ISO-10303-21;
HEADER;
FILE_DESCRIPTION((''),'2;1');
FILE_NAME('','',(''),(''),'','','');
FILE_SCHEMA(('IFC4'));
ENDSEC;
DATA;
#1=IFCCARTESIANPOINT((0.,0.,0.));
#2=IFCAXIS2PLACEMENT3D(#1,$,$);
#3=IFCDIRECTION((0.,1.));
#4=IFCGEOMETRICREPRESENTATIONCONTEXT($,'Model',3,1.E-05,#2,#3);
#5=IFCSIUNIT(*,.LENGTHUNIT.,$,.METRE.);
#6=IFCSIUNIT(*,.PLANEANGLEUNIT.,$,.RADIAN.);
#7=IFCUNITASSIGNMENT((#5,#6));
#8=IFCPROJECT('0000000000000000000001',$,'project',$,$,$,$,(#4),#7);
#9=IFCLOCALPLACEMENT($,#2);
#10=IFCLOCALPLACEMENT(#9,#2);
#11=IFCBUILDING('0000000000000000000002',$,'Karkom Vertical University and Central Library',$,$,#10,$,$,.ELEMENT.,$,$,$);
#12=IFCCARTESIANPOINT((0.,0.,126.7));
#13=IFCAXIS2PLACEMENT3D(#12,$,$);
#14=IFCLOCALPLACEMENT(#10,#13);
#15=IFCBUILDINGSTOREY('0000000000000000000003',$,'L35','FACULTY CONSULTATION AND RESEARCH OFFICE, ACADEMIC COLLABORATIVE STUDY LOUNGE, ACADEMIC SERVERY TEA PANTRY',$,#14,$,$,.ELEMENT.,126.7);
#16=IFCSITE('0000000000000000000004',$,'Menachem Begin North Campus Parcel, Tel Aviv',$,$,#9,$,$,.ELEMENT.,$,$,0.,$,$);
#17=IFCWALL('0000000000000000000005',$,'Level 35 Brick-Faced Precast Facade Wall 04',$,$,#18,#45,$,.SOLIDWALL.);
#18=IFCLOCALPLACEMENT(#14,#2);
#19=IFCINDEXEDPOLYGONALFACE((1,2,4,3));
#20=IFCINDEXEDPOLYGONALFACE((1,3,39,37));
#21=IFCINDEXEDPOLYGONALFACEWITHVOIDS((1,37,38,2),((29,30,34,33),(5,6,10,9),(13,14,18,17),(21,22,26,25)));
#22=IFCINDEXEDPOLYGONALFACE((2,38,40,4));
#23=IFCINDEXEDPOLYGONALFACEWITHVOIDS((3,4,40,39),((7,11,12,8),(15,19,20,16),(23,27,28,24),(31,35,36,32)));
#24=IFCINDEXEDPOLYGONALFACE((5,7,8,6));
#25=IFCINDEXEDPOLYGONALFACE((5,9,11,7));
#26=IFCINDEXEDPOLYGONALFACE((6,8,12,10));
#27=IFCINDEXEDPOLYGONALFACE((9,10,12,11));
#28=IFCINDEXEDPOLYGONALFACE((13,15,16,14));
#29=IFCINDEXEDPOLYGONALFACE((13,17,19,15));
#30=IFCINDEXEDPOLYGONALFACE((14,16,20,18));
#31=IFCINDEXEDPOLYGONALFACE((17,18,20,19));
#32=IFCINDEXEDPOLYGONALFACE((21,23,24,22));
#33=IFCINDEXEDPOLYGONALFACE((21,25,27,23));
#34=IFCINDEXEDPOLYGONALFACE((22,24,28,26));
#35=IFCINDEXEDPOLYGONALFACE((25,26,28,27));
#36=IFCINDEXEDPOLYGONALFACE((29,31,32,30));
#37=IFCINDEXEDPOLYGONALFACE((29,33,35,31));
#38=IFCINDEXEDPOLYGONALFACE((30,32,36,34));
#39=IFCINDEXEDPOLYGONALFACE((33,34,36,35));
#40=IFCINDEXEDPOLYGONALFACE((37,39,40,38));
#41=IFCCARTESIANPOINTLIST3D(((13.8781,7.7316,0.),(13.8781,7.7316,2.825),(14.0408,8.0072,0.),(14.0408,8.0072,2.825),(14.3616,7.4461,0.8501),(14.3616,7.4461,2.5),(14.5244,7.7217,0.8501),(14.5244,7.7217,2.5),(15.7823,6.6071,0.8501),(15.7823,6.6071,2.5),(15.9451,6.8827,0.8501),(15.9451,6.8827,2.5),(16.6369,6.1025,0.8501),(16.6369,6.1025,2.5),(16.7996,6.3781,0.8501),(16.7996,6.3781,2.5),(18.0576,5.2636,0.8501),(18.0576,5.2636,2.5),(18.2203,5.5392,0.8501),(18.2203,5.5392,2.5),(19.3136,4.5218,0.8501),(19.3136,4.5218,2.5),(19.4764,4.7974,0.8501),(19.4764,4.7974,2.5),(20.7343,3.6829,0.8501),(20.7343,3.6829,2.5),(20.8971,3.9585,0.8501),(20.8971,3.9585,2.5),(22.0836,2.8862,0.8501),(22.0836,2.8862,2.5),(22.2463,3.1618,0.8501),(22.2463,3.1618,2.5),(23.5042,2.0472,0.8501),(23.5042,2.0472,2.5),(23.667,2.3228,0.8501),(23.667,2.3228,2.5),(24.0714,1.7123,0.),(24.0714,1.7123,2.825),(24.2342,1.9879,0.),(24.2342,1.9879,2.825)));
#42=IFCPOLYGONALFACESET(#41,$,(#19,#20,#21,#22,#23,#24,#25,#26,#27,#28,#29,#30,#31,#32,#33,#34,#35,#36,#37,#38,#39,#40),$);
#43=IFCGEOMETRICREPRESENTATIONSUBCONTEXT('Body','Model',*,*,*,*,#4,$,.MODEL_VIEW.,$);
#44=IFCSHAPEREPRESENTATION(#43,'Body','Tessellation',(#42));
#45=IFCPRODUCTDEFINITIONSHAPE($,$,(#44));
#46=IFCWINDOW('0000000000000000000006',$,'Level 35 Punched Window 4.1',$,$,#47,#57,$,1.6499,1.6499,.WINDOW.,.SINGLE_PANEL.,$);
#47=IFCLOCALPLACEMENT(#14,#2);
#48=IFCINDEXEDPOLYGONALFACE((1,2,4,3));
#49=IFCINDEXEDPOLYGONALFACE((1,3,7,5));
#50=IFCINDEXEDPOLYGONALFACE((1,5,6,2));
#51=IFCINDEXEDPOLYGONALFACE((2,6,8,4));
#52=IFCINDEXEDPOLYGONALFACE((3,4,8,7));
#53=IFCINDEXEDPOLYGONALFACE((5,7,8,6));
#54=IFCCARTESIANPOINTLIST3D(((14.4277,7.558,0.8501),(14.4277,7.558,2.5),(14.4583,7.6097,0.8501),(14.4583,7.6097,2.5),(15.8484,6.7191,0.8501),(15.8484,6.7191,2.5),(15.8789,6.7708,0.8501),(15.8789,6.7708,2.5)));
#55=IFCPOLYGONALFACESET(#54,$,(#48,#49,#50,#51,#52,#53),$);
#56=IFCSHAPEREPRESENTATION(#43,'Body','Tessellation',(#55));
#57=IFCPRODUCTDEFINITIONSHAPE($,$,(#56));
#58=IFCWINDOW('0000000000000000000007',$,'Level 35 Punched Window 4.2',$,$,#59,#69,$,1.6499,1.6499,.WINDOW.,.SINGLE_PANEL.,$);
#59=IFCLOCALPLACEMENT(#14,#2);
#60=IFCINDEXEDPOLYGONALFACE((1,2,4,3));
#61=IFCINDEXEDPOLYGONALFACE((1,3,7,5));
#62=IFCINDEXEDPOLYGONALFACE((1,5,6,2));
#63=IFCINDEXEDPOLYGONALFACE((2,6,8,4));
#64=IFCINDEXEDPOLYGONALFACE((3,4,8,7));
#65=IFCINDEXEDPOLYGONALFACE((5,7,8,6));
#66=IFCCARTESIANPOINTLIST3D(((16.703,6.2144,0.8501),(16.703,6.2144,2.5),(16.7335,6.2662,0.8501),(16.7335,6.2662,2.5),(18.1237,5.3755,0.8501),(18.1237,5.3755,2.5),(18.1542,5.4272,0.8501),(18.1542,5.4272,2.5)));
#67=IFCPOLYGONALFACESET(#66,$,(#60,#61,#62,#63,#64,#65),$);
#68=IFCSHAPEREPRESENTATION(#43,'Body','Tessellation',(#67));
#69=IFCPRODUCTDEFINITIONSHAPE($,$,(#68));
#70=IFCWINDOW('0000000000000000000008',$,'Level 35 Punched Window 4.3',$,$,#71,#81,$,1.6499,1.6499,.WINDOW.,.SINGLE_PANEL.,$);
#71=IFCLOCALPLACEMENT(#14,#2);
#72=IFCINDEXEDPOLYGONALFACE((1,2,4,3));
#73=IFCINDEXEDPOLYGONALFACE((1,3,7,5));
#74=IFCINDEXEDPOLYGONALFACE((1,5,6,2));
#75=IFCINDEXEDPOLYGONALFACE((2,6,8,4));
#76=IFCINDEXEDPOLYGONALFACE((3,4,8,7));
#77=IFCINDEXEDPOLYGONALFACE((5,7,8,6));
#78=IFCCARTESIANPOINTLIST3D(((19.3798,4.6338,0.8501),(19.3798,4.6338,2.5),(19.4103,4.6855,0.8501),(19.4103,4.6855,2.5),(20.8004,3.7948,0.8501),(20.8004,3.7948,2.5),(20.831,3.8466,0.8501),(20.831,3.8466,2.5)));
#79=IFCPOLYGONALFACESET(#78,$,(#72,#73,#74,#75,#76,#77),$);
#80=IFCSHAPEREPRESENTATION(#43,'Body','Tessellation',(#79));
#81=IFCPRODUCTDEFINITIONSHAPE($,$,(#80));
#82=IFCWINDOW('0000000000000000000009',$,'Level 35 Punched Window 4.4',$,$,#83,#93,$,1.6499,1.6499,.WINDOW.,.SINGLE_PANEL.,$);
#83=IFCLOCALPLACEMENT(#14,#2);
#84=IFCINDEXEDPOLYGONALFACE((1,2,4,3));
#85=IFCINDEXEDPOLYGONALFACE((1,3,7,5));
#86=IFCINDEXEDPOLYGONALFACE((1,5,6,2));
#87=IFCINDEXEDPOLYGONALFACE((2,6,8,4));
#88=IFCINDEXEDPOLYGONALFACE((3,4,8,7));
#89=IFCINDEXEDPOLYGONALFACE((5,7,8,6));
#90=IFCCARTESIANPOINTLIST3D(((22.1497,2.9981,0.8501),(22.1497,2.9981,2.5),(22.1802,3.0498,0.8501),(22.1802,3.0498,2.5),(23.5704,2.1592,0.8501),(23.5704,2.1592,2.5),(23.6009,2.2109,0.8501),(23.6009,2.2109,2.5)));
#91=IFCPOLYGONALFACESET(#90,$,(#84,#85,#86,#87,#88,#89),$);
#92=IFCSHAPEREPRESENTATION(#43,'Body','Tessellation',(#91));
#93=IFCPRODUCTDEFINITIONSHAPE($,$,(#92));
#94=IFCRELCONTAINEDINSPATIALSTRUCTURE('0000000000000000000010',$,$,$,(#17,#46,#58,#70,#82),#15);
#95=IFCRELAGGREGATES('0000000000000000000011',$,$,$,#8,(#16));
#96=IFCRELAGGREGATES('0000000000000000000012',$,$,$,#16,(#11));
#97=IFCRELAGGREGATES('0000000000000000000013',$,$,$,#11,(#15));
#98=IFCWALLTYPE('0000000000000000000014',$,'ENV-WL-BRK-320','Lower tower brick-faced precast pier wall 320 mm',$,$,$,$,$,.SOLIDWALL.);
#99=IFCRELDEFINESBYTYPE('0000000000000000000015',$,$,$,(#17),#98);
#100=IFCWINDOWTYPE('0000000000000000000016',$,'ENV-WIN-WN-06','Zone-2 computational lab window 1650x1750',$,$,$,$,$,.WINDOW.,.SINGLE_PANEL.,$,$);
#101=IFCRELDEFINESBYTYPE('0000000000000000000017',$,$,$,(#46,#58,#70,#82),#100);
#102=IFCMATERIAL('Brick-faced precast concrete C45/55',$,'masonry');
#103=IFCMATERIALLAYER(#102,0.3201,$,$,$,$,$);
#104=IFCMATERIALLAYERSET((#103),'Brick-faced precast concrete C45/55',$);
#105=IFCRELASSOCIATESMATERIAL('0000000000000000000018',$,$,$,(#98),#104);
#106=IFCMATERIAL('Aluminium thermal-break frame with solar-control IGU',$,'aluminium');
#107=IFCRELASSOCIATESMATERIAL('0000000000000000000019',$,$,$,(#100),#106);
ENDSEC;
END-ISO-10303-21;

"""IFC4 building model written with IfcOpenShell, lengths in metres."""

from ifc_helpers import new_model, si_unit, direction, frame, frame_2d, origin, origin_with_axes, place, context, subcontext, project, spatial, rectangle, extrude, source, transform, mapped, material, layer, layer_set, type_object, element, fill, save


model = new_model("IFC4")

# Units and contexts
model_context = context("Model", 3, precision=1e-05, world=origin(), true_north=direction((0.0, 1.0)))
body_context = subcontext(model_context, "Body", "Model", "MODEL_VIEW")
ifc_project = project(units=[si_unit("LENGTHUNIT", "METRE"), si_unit("PLANEANGLEUNIT", "RADIAN")], contexts=[model_context])

# Site, building, storey
site_placement = place(None, origin())
site = spatial("IfcSite", under=ifc_project, at=site_placement, Name="Menachem Begin North Campus Parcel, Tel Aviv", CompositionType="ELEMENT", RefElevation=0.0)
building_placement = place(site_placement, origin())
building = spatial("IfcBuilding", under=site, at=building_placement, Name="Karkom Vertical University and Central Library", CompositionType="ELEMENT")
storey_placement = place(building_placement, frame((0.0, 0.0, 126.7)))
storey = spatial("IfcBuildingStorey", under=building, at=storey_placement, Name="L35", Description="FACULTY CONSULTATION AND RESEARCH OFFICE, ACADEMIC COLLABORATIVE STUDY LOUNGE, ACADEMIC SERVERY TEA PANTRY", CompositionType="ELEMENT", Elevation=126.7)

# Wall, openings, windows
ifc_material_1 = material(Name="Brick-faced precast concrete C45/55", Category="masonry")
ifc_layer_1 = layer(ifc_material_1, 0.3201)
ifc_layer_set_1 = layer_set([ifc_layer_1], Name="Brick-faced precast concrete C45/55")
wall_type = type_object("IfcWallType", Name="ENV-WL-BRK-320", Description="Lower tower brick-faced precast pier wall 320 mm", PredefinedType="SOLIDWALL", material=ifc_layer_set_1)
wall_placement = place(storey_placement, frame((13.9595, 7.8694, 0.0), z_axis=(0.0, 0.0, 1.0), x_axis=(0.861077, -0.508475, 0.0)))
wall = element("IfcWall", 1, at=wall_placement, inside=storey, type_object=wall_type, Name="Level 35 Brick-Faced Precast Facade Wall 04", PredefinedType="SOLIDWALL", context=body_context, shape_type="SweptSolid", body=[
    extrude(rectangle(XDim=11.8379, YDim=0.3201, at=frame_2d((5.9189, 0.0))), origin(), (0.0, 0.0, 1.0), 2.825),
])
opening_1_placement = place(wall_placement, frame((0.5615, 0.0, 0.8501)))
opening_1 = element("IfcOpeningElement", 2, at=opening_1_placement, cuts=wall, PredefinedType="OPENING", context=body_context, shape_type="SweptSolid", body=[
    extrude(rectangle(XDim=1.6499, YDim=1.6499, at=frame_2d((0.825, 0.825))), frame((0.0, 0.1699, 0.0), z_axis=(0.0, -1.0, 0.0), x_axis=(1.0, 0.0, 0.0)), (0.0, 0.0, 1.0), 0.3401),
])
opening_2_placement = place(wall_placement, frame((3.2039, 0.0, 0.8501)))
opening_2 = element("IfcOpeningElement", 3, at=opening_2_placement, cuts=wall, PredefinedType="OPENING", context=body_context, shape_type="SweptSolid", body=[
    extrude(rectangle(XDim=1.6499, YDim=1.6499, at=frame_2d((0.825, 0.825))), frame((0.0, 0.1699, 0.0), z_axis=(0.0, -1.0, 0.0), x_axis=(1.0, 0.0, 0.0)), (0.0, 0.0, 1.0), 0.3401),
])
opening_3_placement = place(wall_placement, frame((6.3125, 0.0, 0.8501)))
opening_3 = element("IfcOpeningElement", 4, at=opening_3_placement, cuts=wall, PredefinedType="OPENING", context=body_context, shape_type="SweptSolid", body=[
    extrude(rectangle(XDim=1.6499, YDim=1.6499, at=frame_2d((0.825, 0.825))), frame((0.0, 0.1699, 0.0), z_axis=(0.0, -1.0, 0.0), x_axis=(1.0, 0.0, 0.0)), (0.0, 0.0, 1.0), 0.3401),
])
opening_4_placement = place(wall_placement, frame((9.5293, 0.0, 0.8501)))
opening_4 = element("IfcOpeningElement", 5, at=opening_4_placement, cuts=wall, PredefinedType="OPENING", context=body_context, shape_type="SweptSolid", body=[
    extrude(rectangle(XDim=1.6499, YDim=1.6499, at=frame_2d((0.825, 0.825))), frame((0.0, 0.1699, 0.0), z_axis=(0.0, -1.0, 0.0), x_axis=(1.0, 0.0, 0.0)), (0.0, 0.0, 1.0), 0.3401),
])
ifc_material_2 = material(Name="Aluminium thermal-break frame with solar-control IGU", Category="aluminium")
window_type = type_object("IfcWindowType", Name="ENV-WIN-WN-06", Description="Zone-2 computational lab window 1650x1750", PartitioningType="SINGLE_PANEL", PredefinedType="WINDOW", material=ifc_material_2)
shared_shape_1 = source(origin_with_axes(), body_context, "Body", "SweptSolid", [
    extrude(rectangle(XDim=1.6499, YDim=1.6499, at=frame_2d((0.825, 0.825))), frame((0.0, 0.03, 0.0), z_axis=(0.0, -1.0, 0.0), x_axis=(1.0, 0.0, 0.0)), (0.0, 0.0, 1.0), 0.0601),
])
window_1_placement = place(opening_1_placement, origin())
window_1 = element("IfcWindow", 6, at=window_1_placement, inside=storey, type_object=window_type, Name="Level 35 Punched Window 4.1", OverallHeight=1.6499, OverallWidth=1.6499, PartitioningType="SINGLE_PANEL", PredefinedType="WINDOW", context=body_context, shape_type="MappedRepresentation", body=[
    mapped(shared_shape_1, transform((0.0, 0.0, 0.0), scale=1.0)),
])
fill(opening_1, window_1)
window_2_placement = place(opening_2_placement, origin())
window_2 = element("IfcWindow", 7, at=window_2_placement, inside=storey, type_object=window_type, Name="Level 35 Punched Window 4.2", OverallHeight=1.6499, OverallWidth=1.6499, PartitioningType="SINGLE_PANEL", PredefinedType="WINDOW", context=body_context, shape_type="MappedRepresentation", body=[
    mapped(shared_shape_1, transform((0.0, 0.0, 0.0), scale=1.0)),
])
fill(opening_2, window_2)
window_3_placement = place(opening_3_placement, origin())
window_3 = element("IfcWindow", 8, at=window_3_placement, inside=storey, type_object=window_type, Name="Level 35 Punched Window 4.3", OverallHeight=1.6499, OverallWidth=1.6499, PartitioningType="SINGLE_PANEL", PredefinedType="WINDOW", context=body_context, shape_type="MappedRepresentation", body=[
    mapped(shared_shape_1, transform((0.0, 0.0, 0.0), scale=1.0)),
])
fill(opening_3, window_3)
window_4_placement = place(opening_4_placement, origin())
window_4 = element("IfcWindow", 9, at=window_4_placement, inside=storey, type_object=window_type, Name="Level 35 Punched Window 4.4", OverallHeight=1.6499, OverallWidth=1.6499, PartitioningType="SINGLE_PANEL", PredefinedType="WINDOW", context=body_context, shape_type="MappedRepresentation", body=[
    mapped(shared_shape_1, transform((0.0, 0.0, 0.0), scale=1.0)),
])
fill(opening_4, window_4)

save(model, "model.ifc")
